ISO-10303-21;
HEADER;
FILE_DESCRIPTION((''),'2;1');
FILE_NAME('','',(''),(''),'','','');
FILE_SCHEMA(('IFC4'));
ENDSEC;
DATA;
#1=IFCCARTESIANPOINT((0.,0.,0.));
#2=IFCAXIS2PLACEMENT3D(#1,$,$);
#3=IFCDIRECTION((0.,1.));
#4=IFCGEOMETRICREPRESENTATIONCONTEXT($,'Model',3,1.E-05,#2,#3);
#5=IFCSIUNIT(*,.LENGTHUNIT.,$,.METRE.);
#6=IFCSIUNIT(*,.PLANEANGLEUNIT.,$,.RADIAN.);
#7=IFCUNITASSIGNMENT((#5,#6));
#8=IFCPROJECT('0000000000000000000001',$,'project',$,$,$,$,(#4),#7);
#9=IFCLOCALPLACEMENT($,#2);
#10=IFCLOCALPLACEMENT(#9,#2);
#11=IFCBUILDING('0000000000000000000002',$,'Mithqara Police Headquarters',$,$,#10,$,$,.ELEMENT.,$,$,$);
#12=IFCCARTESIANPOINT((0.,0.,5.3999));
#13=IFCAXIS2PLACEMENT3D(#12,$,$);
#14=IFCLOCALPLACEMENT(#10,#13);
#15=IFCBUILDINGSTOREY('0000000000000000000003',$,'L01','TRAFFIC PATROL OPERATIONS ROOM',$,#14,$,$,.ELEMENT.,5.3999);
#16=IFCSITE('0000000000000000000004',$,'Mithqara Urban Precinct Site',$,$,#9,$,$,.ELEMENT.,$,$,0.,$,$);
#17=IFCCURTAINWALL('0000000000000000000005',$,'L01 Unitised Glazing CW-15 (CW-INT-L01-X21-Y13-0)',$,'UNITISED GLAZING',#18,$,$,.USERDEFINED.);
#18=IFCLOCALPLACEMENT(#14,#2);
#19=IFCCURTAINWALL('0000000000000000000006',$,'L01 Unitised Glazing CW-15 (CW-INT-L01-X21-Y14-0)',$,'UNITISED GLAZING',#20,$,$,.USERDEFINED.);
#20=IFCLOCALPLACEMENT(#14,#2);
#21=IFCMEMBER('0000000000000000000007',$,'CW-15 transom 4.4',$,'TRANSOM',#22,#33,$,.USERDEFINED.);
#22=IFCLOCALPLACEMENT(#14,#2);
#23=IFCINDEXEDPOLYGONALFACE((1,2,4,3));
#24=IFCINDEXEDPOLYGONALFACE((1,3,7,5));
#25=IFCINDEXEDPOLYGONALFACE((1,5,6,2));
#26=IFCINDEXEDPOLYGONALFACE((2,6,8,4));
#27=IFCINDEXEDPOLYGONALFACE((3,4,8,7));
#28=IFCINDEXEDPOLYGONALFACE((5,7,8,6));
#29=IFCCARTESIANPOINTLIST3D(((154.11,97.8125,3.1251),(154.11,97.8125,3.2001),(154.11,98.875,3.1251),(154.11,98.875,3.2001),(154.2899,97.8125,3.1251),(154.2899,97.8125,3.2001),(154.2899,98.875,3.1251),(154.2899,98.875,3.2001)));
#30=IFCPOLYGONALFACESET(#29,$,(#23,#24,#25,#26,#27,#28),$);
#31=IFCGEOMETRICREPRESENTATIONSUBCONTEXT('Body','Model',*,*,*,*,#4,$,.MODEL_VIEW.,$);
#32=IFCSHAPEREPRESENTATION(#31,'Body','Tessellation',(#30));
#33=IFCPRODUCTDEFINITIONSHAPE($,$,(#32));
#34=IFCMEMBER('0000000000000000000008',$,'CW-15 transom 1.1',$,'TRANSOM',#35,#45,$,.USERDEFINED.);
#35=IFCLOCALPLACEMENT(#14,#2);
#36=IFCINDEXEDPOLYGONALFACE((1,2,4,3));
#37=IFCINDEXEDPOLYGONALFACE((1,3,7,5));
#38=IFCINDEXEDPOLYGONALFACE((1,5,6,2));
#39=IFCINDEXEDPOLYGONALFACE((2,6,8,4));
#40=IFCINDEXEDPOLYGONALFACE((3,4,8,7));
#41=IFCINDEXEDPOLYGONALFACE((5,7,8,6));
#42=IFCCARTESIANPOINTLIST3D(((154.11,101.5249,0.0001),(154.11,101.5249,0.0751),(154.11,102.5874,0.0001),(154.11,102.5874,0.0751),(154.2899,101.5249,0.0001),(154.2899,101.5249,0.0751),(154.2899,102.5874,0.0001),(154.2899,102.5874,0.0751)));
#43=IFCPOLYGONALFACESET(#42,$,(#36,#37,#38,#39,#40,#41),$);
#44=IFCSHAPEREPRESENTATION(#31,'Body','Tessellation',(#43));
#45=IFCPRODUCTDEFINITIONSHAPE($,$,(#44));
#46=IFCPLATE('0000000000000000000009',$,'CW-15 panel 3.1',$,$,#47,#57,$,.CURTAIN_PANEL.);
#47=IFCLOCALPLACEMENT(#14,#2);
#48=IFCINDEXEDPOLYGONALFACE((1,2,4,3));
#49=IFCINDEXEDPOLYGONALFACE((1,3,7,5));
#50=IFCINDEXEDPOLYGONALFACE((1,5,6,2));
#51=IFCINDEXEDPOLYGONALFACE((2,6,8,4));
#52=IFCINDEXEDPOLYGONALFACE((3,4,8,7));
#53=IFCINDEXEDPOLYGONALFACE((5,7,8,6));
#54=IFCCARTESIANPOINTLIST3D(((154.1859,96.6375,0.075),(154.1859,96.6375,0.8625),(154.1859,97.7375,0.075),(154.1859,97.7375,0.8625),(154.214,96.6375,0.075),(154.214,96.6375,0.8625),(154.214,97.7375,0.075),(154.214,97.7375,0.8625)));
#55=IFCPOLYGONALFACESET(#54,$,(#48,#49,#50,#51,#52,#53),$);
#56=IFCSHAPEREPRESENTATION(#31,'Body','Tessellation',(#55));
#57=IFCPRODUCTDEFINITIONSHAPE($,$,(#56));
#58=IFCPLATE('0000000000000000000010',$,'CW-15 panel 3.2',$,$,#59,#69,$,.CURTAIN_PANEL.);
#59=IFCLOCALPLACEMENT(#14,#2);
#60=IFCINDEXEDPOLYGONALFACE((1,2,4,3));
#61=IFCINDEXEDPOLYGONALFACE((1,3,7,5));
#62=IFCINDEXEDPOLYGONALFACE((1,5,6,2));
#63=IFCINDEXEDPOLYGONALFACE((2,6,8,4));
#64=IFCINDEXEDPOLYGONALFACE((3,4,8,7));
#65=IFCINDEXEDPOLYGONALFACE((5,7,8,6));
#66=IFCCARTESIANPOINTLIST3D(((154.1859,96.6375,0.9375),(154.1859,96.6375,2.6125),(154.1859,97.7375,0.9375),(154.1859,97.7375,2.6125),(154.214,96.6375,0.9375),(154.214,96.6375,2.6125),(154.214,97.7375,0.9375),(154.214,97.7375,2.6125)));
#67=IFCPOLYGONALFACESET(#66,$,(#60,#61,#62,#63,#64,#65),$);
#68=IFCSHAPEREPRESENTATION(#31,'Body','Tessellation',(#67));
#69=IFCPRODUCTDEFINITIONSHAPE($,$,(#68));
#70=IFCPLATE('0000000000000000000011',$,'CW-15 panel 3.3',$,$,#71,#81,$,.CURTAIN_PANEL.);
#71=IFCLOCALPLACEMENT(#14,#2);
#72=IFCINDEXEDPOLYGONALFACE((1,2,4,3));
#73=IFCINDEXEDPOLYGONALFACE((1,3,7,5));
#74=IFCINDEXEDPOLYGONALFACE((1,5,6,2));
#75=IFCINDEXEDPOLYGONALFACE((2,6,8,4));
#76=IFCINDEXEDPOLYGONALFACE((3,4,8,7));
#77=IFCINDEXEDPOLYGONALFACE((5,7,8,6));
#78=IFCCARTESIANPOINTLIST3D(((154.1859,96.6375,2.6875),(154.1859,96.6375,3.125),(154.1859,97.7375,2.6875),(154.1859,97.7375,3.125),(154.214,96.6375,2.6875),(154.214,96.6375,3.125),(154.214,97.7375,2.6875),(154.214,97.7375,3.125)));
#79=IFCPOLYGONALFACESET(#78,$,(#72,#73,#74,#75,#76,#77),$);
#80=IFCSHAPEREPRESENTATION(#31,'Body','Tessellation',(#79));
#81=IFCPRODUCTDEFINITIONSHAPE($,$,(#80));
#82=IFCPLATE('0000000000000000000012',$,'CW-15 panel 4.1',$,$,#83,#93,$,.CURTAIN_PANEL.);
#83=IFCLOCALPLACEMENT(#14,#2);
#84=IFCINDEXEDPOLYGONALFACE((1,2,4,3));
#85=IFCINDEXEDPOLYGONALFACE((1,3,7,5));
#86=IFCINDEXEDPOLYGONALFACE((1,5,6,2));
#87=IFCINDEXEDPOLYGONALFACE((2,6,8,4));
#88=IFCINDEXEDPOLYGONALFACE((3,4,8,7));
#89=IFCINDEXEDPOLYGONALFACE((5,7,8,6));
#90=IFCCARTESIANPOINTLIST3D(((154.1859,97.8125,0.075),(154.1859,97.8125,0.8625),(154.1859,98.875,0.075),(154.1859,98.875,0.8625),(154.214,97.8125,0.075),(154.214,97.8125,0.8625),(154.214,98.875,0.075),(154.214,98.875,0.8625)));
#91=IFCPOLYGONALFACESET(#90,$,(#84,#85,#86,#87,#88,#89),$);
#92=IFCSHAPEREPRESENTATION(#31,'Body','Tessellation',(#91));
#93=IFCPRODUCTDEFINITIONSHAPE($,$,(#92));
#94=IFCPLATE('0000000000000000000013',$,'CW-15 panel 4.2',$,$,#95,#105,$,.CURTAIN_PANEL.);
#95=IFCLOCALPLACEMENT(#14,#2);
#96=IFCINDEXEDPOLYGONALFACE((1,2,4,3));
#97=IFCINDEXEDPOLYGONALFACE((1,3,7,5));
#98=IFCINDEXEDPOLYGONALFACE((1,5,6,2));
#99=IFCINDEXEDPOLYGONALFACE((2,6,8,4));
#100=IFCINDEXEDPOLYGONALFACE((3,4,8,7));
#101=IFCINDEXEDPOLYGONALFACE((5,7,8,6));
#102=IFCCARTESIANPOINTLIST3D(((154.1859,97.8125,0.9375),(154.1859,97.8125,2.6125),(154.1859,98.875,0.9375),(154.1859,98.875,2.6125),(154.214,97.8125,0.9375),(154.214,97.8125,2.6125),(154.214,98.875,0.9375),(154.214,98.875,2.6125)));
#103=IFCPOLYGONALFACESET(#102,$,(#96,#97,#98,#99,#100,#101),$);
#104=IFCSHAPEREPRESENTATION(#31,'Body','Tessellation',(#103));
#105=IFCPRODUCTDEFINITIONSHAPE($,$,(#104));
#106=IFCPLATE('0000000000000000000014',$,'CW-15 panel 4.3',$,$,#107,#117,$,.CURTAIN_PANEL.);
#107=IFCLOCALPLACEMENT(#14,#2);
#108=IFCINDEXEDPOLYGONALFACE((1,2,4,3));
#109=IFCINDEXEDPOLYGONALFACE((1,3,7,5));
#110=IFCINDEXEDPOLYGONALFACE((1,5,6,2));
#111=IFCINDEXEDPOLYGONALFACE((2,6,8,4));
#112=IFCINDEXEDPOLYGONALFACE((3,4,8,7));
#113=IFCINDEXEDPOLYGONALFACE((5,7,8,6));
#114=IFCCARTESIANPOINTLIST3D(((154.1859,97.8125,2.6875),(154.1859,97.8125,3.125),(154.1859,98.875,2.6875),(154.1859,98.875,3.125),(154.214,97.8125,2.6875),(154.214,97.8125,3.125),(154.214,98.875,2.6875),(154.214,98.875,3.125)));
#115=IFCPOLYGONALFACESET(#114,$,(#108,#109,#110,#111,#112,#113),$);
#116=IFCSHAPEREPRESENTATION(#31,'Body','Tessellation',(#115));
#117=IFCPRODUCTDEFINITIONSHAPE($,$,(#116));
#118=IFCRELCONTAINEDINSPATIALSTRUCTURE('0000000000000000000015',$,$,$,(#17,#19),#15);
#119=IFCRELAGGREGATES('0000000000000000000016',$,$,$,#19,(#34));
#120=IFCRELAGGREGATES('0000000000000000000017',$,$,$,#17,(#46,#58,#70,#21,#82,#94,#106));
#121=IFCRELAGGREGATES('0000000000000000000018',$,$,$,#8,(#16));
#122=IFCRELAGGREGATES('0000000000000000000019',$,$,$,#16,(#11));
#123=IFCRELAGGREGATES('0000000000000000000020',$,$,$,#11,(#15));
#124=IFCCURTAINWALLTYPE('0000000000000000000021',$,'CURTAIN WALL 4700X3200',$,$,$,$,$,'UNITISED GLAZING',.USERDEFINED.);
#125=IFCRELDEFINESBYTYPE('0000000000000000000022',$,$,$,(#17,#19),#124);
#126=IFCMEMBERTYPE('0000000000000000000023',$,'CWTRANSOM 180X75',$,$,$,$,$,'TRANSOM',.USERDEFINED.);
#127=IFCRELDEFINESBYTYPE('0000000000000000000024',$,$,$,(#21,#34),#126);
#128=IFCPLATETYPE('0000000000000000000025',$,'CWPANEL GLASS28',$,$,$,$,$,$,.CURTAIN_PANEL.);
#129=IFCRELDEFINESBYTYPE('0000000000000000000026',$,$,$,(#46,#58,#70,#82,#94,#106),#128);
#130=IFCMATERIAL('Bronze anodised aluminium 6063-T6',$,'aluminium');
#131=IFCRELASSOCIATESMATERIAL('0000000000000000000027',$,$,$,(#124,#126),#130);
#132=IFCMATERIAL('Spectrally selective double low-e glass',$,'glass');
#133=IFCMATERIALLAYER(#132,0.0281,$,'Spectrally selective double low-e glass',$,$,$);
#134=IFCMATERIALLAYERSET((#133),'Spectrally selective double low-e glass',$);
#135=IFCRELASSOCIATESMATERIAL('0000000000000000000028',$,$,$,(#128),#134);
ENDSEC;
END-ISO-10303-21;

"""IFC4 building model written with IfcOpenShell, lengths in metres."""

from ifc_helpers import new_model, si_unit, direction, frame, origin, origin_2d, place, context, subcontext, project, spatial, rectangle, extrude, material, layer, layer_set, material_profile, profile_set, type_object, element, aggregate, save


model = new_model("IFC4")

# Units and contexts
model_context = context("Model", 3, precision=1e-05, world=origin(), true_north=direction((0.0, 1.0)))
body_context = subcontext(model_context, "Body", "Model", "MODEL_VIEW")
ifc_project = project(units=[si_unit("LENGTHUNIT", "METRE"), si_unit("PLANEANGLEUNIT", "RADIAN")], contexts=[model_context])

# Site, building, storey
site_placement = place(None, origin())
site = spatial("IfcSite", under=ifc_project, at=site_placement, Name="Mithqara Urban Precinct Site", CompositionType="ELEMENT", RefElevation=0.0)
building_placement = place(site_placement, origin())
building = spatial("IfcBuilding", under=site, at=building_placement, Name="Mithqara Police Headquarters", CompositionType="ELEMENT")
storey_placement = place(building_placement, frame((0.0, 0.0, 5.3999)))
storey = spatial("IfcBuildingStorey", under=building, at=storey_placement, Name="L01", Description="TRAFFIC PATROL OPERATIONS ROOM", CompositionType="ELEMENT", Elevation=5.3999)

# Curtain wall
ifc_material_1 = material(Name="Bronze anodised aluminium 6063-T6", Category="aluminium")
curtain_wall_type = type_object("IfcCurtainWallType", Name="CURTAIN WALL 4700X3200", ElementType="UNITISED GLAZING", PredefinedType="USERDEFINED", material=ifc_material_1)
curtain_wall_1_placement = place(storey_placement, origin())
curtain_wall_1 = element("IfcCurtainWall", 1, at=curtain_wall_1_placement, inside=storey, type_object=curtain_wall_type, Name="L01 Unitised Glazing CW-15 (CW-INT-L01-X21-Y13-0)", ObjectType="UNITISED GLAZING", PredefinedType="USERDEFINED")

# Curtain wall
curtain_wall_2_placement = place(storey_placement, origin())
curtain_wall_2 = element("IfcCurtainWall", 2, at=curtain_wall_2_placement, inside=storey, type_object=curtain_wall_type, Name="L01 Unitised Glazing CW-15 (CW-INT-L01-X21-Y14-0)", ObjectType="UNITISED GLAZING", PredefinedType="USERDEFINED")

# Members
ifc_material_profile_1 = material_profile(ifc_material_1, rectangle(XDim=0.1799, YDim=0.075, at=origin_2d()), Name="CWT 180x75")
ifc_profile_set_1 = profile_set([ifc_material_profile_1], Name="Bronze anodised aluminium 6063-T6")
member_type_1 = type_object("IfcMemberType", Name="CWTRANSOM 180X75", ElementType="TRANSOM", PredefinedType="USERDEFINED", material=ifc_profile_set_1)
member_1_placement = place(storey_placement, frame((154.2, 97.8125, 3.1626), z_axis=(0.0, 1.0, 0.0), x_axis=(-1.0, 0.0, 0.0)))
member_1 = element("IfcMember", 3, at=member_1_placement, type_object=member_type_1, Name="CW-15 transom 4.4", ObjectType="TRANSOM", PredefinedType="USERDEFINED", context=body_context, shape_type="SweptSolid", body=[
    extrude(rectangle(XDim=0.1799, YDim=0.075, at=origin_2d()), origin(), (0.0, 0.0, 1.0), 1.0625),
])
member_2_placement = place(storey_placement, frame((154.2, 101.5249, 0.0376), z_axis=(0.0, 1.0, 0.0), x_axis=(-1.0, 0.0, 0.0)))
member_2 = element("IfcMember", 4, at=member_2_placement, type_object=member_type_1, Name="CW-15 transom 1.1", ObjectType="TRANSOM", PredefinedType="USERDEFINED", context=body_context, shape_type="SweptSolid", body=[
    extrude(rectangle(XDim=0.1799, YDim=0.075, at=origin_2d()), origin(), (0.0, 0.0, 1.0), 1.0625),
])
aggregate(curtain_wall_2, [member_2])

# Plates
ifc_material_2 = material(Name="Spectrally selective double low-e glass", Category="glass")
ifc_layer = layer(ifc_material_2, 0.0281, Name="Spectrally selective double low-e glass")
ifc_layer_set = layer_set([ifc_layer], Name="Spectrally selective double low-e glass")
plate_type = type_object("IfcPlateType", Name="CWPANEL GLASS28", PredefinedType="CURTAIN_PANEL", material=ifc_layer_set)
plate_1_placement = place(storey_placement, frame((154.2, 97.1875, 0.075), z_axis=(0.0, 0.0, 1.0), x_axis=(0.0, 1.0, 0.0)))
plate_1 = element("IfcPlate", 5, at=plate_1_placement, type_object=plate_type, Name="CW-15 panel 3.1", PredefinedType="CURTAIN_PANEL", context=body_context, shape_type="SweptSolid", body=[
    extrude(rectangle(XDim=1.1001, YDim=0.0281, at=origin_2d()), origin(), (0.0, 0.0, 1.0), 0.7876),
])
plate_2_placement = place(storey_placement, frame((154.2, 97.1875, 0.9375), z_axis=(0.0, 0.0, 1.0), x_axis=(0.0, 1.0, 0.0)))
plate_2 = element("IfcPlate", 6, at=plate_2_placement, type_object=plate_type, Name="CW-15 panel 3.2", PredefinedType="CURTAIN_PANEL", context=body_context, shape_type="SweptSolid", body=[
    extrude(rectangle(XDim=1.1001, YDim=0.0281, at=origin_2d()), origin(), (0.0, 0.0, 1.0), 1.675),
])
plate_3_placement = place(storey_placement, frame((154.2, 97.1875, 2.6875), z_axis=(0.0, 0.0, 1.0), x_axis=(0.0, 1.0, 0.0)))
plate_3 = element("IfcPlate", 7, at=plate_3_placement, type_object=plate_type, Name="CW-15 panel 3.3", PredefinedType="CURTAIN_PANEL", context=body_context, shape_type="SweptSolid", body=[
    extrude(rectangle(XDim=1.1001, YDim=0.0281, at=origin_2d()), origin(), (0.0, 0.0, 1.0), 0.4375),
])
plate_4_placement = place(storey_placement, frame((154.2, 98.3438, 0.075), z_axis=(0.0, 0.0, 1.0), x_axis=(0.0, 1.0, 0.0)))
plate_4 = element("IfcPlate", 8, at=plate_4_placement, type_object=plate_type, Name="CW-15 panel 4.1", PredefinedType="CURTAIN_PANEL", context=body_context, shape_type="SweptSolid", body=[
    extrude(rectangle(XDim=1.0625, YDim=0.0281, at=origin_2d()), origin(), (0.0, 0.0, 1.0), 0.7876),
])
plate_5_placement = place(storey_placement, frame((154.2, 98.3438, 0.9375), z_axis=(0.0, 0.0, 1.0), x_axis=(0.0, 1.0, 0.0)))
plate_5 = element("IfcPlate", 9, at=plate_5_placement, type_object=plate_type, Name="CW-15 panel 4.2", PredefinedType="CURTAIN_PANEL", context=body_context, shape_type="SweptSolid", body=[
    extrude(rectangle(XDim=1.0625, YDim=0.0281, at=origin_2d()), origin(), (0.0, 0.0, 1.0), 1.675),
])
plate_6_placement = place(storey_placement, frame((154.2, 98.3438, 2.6875), z_axis=(0.0, 0.0, 1.0), x_axis=(0.0, 1.0, 0.0)))
plate_6 = element("IfcPlate", 10, at=plate_6_placement, type_object=plate_type, Name="CW-15 panel 4.3", PredefinedType="CURTAIN_PANEL", context=body_context, shape_type="SweptSolid", body=[
    extrude(rectangle(XDim=1.0625, YDim=0.0281, at=origin_2d()), origin(), (0.0, 0.0, 1.0), 0.4375),
])
aggregate(curtain_wall_1, [plate_1, plate_2, plate_3, member_1, plate_4, plate_5, plate_6])

save(model, "model.ifc")
